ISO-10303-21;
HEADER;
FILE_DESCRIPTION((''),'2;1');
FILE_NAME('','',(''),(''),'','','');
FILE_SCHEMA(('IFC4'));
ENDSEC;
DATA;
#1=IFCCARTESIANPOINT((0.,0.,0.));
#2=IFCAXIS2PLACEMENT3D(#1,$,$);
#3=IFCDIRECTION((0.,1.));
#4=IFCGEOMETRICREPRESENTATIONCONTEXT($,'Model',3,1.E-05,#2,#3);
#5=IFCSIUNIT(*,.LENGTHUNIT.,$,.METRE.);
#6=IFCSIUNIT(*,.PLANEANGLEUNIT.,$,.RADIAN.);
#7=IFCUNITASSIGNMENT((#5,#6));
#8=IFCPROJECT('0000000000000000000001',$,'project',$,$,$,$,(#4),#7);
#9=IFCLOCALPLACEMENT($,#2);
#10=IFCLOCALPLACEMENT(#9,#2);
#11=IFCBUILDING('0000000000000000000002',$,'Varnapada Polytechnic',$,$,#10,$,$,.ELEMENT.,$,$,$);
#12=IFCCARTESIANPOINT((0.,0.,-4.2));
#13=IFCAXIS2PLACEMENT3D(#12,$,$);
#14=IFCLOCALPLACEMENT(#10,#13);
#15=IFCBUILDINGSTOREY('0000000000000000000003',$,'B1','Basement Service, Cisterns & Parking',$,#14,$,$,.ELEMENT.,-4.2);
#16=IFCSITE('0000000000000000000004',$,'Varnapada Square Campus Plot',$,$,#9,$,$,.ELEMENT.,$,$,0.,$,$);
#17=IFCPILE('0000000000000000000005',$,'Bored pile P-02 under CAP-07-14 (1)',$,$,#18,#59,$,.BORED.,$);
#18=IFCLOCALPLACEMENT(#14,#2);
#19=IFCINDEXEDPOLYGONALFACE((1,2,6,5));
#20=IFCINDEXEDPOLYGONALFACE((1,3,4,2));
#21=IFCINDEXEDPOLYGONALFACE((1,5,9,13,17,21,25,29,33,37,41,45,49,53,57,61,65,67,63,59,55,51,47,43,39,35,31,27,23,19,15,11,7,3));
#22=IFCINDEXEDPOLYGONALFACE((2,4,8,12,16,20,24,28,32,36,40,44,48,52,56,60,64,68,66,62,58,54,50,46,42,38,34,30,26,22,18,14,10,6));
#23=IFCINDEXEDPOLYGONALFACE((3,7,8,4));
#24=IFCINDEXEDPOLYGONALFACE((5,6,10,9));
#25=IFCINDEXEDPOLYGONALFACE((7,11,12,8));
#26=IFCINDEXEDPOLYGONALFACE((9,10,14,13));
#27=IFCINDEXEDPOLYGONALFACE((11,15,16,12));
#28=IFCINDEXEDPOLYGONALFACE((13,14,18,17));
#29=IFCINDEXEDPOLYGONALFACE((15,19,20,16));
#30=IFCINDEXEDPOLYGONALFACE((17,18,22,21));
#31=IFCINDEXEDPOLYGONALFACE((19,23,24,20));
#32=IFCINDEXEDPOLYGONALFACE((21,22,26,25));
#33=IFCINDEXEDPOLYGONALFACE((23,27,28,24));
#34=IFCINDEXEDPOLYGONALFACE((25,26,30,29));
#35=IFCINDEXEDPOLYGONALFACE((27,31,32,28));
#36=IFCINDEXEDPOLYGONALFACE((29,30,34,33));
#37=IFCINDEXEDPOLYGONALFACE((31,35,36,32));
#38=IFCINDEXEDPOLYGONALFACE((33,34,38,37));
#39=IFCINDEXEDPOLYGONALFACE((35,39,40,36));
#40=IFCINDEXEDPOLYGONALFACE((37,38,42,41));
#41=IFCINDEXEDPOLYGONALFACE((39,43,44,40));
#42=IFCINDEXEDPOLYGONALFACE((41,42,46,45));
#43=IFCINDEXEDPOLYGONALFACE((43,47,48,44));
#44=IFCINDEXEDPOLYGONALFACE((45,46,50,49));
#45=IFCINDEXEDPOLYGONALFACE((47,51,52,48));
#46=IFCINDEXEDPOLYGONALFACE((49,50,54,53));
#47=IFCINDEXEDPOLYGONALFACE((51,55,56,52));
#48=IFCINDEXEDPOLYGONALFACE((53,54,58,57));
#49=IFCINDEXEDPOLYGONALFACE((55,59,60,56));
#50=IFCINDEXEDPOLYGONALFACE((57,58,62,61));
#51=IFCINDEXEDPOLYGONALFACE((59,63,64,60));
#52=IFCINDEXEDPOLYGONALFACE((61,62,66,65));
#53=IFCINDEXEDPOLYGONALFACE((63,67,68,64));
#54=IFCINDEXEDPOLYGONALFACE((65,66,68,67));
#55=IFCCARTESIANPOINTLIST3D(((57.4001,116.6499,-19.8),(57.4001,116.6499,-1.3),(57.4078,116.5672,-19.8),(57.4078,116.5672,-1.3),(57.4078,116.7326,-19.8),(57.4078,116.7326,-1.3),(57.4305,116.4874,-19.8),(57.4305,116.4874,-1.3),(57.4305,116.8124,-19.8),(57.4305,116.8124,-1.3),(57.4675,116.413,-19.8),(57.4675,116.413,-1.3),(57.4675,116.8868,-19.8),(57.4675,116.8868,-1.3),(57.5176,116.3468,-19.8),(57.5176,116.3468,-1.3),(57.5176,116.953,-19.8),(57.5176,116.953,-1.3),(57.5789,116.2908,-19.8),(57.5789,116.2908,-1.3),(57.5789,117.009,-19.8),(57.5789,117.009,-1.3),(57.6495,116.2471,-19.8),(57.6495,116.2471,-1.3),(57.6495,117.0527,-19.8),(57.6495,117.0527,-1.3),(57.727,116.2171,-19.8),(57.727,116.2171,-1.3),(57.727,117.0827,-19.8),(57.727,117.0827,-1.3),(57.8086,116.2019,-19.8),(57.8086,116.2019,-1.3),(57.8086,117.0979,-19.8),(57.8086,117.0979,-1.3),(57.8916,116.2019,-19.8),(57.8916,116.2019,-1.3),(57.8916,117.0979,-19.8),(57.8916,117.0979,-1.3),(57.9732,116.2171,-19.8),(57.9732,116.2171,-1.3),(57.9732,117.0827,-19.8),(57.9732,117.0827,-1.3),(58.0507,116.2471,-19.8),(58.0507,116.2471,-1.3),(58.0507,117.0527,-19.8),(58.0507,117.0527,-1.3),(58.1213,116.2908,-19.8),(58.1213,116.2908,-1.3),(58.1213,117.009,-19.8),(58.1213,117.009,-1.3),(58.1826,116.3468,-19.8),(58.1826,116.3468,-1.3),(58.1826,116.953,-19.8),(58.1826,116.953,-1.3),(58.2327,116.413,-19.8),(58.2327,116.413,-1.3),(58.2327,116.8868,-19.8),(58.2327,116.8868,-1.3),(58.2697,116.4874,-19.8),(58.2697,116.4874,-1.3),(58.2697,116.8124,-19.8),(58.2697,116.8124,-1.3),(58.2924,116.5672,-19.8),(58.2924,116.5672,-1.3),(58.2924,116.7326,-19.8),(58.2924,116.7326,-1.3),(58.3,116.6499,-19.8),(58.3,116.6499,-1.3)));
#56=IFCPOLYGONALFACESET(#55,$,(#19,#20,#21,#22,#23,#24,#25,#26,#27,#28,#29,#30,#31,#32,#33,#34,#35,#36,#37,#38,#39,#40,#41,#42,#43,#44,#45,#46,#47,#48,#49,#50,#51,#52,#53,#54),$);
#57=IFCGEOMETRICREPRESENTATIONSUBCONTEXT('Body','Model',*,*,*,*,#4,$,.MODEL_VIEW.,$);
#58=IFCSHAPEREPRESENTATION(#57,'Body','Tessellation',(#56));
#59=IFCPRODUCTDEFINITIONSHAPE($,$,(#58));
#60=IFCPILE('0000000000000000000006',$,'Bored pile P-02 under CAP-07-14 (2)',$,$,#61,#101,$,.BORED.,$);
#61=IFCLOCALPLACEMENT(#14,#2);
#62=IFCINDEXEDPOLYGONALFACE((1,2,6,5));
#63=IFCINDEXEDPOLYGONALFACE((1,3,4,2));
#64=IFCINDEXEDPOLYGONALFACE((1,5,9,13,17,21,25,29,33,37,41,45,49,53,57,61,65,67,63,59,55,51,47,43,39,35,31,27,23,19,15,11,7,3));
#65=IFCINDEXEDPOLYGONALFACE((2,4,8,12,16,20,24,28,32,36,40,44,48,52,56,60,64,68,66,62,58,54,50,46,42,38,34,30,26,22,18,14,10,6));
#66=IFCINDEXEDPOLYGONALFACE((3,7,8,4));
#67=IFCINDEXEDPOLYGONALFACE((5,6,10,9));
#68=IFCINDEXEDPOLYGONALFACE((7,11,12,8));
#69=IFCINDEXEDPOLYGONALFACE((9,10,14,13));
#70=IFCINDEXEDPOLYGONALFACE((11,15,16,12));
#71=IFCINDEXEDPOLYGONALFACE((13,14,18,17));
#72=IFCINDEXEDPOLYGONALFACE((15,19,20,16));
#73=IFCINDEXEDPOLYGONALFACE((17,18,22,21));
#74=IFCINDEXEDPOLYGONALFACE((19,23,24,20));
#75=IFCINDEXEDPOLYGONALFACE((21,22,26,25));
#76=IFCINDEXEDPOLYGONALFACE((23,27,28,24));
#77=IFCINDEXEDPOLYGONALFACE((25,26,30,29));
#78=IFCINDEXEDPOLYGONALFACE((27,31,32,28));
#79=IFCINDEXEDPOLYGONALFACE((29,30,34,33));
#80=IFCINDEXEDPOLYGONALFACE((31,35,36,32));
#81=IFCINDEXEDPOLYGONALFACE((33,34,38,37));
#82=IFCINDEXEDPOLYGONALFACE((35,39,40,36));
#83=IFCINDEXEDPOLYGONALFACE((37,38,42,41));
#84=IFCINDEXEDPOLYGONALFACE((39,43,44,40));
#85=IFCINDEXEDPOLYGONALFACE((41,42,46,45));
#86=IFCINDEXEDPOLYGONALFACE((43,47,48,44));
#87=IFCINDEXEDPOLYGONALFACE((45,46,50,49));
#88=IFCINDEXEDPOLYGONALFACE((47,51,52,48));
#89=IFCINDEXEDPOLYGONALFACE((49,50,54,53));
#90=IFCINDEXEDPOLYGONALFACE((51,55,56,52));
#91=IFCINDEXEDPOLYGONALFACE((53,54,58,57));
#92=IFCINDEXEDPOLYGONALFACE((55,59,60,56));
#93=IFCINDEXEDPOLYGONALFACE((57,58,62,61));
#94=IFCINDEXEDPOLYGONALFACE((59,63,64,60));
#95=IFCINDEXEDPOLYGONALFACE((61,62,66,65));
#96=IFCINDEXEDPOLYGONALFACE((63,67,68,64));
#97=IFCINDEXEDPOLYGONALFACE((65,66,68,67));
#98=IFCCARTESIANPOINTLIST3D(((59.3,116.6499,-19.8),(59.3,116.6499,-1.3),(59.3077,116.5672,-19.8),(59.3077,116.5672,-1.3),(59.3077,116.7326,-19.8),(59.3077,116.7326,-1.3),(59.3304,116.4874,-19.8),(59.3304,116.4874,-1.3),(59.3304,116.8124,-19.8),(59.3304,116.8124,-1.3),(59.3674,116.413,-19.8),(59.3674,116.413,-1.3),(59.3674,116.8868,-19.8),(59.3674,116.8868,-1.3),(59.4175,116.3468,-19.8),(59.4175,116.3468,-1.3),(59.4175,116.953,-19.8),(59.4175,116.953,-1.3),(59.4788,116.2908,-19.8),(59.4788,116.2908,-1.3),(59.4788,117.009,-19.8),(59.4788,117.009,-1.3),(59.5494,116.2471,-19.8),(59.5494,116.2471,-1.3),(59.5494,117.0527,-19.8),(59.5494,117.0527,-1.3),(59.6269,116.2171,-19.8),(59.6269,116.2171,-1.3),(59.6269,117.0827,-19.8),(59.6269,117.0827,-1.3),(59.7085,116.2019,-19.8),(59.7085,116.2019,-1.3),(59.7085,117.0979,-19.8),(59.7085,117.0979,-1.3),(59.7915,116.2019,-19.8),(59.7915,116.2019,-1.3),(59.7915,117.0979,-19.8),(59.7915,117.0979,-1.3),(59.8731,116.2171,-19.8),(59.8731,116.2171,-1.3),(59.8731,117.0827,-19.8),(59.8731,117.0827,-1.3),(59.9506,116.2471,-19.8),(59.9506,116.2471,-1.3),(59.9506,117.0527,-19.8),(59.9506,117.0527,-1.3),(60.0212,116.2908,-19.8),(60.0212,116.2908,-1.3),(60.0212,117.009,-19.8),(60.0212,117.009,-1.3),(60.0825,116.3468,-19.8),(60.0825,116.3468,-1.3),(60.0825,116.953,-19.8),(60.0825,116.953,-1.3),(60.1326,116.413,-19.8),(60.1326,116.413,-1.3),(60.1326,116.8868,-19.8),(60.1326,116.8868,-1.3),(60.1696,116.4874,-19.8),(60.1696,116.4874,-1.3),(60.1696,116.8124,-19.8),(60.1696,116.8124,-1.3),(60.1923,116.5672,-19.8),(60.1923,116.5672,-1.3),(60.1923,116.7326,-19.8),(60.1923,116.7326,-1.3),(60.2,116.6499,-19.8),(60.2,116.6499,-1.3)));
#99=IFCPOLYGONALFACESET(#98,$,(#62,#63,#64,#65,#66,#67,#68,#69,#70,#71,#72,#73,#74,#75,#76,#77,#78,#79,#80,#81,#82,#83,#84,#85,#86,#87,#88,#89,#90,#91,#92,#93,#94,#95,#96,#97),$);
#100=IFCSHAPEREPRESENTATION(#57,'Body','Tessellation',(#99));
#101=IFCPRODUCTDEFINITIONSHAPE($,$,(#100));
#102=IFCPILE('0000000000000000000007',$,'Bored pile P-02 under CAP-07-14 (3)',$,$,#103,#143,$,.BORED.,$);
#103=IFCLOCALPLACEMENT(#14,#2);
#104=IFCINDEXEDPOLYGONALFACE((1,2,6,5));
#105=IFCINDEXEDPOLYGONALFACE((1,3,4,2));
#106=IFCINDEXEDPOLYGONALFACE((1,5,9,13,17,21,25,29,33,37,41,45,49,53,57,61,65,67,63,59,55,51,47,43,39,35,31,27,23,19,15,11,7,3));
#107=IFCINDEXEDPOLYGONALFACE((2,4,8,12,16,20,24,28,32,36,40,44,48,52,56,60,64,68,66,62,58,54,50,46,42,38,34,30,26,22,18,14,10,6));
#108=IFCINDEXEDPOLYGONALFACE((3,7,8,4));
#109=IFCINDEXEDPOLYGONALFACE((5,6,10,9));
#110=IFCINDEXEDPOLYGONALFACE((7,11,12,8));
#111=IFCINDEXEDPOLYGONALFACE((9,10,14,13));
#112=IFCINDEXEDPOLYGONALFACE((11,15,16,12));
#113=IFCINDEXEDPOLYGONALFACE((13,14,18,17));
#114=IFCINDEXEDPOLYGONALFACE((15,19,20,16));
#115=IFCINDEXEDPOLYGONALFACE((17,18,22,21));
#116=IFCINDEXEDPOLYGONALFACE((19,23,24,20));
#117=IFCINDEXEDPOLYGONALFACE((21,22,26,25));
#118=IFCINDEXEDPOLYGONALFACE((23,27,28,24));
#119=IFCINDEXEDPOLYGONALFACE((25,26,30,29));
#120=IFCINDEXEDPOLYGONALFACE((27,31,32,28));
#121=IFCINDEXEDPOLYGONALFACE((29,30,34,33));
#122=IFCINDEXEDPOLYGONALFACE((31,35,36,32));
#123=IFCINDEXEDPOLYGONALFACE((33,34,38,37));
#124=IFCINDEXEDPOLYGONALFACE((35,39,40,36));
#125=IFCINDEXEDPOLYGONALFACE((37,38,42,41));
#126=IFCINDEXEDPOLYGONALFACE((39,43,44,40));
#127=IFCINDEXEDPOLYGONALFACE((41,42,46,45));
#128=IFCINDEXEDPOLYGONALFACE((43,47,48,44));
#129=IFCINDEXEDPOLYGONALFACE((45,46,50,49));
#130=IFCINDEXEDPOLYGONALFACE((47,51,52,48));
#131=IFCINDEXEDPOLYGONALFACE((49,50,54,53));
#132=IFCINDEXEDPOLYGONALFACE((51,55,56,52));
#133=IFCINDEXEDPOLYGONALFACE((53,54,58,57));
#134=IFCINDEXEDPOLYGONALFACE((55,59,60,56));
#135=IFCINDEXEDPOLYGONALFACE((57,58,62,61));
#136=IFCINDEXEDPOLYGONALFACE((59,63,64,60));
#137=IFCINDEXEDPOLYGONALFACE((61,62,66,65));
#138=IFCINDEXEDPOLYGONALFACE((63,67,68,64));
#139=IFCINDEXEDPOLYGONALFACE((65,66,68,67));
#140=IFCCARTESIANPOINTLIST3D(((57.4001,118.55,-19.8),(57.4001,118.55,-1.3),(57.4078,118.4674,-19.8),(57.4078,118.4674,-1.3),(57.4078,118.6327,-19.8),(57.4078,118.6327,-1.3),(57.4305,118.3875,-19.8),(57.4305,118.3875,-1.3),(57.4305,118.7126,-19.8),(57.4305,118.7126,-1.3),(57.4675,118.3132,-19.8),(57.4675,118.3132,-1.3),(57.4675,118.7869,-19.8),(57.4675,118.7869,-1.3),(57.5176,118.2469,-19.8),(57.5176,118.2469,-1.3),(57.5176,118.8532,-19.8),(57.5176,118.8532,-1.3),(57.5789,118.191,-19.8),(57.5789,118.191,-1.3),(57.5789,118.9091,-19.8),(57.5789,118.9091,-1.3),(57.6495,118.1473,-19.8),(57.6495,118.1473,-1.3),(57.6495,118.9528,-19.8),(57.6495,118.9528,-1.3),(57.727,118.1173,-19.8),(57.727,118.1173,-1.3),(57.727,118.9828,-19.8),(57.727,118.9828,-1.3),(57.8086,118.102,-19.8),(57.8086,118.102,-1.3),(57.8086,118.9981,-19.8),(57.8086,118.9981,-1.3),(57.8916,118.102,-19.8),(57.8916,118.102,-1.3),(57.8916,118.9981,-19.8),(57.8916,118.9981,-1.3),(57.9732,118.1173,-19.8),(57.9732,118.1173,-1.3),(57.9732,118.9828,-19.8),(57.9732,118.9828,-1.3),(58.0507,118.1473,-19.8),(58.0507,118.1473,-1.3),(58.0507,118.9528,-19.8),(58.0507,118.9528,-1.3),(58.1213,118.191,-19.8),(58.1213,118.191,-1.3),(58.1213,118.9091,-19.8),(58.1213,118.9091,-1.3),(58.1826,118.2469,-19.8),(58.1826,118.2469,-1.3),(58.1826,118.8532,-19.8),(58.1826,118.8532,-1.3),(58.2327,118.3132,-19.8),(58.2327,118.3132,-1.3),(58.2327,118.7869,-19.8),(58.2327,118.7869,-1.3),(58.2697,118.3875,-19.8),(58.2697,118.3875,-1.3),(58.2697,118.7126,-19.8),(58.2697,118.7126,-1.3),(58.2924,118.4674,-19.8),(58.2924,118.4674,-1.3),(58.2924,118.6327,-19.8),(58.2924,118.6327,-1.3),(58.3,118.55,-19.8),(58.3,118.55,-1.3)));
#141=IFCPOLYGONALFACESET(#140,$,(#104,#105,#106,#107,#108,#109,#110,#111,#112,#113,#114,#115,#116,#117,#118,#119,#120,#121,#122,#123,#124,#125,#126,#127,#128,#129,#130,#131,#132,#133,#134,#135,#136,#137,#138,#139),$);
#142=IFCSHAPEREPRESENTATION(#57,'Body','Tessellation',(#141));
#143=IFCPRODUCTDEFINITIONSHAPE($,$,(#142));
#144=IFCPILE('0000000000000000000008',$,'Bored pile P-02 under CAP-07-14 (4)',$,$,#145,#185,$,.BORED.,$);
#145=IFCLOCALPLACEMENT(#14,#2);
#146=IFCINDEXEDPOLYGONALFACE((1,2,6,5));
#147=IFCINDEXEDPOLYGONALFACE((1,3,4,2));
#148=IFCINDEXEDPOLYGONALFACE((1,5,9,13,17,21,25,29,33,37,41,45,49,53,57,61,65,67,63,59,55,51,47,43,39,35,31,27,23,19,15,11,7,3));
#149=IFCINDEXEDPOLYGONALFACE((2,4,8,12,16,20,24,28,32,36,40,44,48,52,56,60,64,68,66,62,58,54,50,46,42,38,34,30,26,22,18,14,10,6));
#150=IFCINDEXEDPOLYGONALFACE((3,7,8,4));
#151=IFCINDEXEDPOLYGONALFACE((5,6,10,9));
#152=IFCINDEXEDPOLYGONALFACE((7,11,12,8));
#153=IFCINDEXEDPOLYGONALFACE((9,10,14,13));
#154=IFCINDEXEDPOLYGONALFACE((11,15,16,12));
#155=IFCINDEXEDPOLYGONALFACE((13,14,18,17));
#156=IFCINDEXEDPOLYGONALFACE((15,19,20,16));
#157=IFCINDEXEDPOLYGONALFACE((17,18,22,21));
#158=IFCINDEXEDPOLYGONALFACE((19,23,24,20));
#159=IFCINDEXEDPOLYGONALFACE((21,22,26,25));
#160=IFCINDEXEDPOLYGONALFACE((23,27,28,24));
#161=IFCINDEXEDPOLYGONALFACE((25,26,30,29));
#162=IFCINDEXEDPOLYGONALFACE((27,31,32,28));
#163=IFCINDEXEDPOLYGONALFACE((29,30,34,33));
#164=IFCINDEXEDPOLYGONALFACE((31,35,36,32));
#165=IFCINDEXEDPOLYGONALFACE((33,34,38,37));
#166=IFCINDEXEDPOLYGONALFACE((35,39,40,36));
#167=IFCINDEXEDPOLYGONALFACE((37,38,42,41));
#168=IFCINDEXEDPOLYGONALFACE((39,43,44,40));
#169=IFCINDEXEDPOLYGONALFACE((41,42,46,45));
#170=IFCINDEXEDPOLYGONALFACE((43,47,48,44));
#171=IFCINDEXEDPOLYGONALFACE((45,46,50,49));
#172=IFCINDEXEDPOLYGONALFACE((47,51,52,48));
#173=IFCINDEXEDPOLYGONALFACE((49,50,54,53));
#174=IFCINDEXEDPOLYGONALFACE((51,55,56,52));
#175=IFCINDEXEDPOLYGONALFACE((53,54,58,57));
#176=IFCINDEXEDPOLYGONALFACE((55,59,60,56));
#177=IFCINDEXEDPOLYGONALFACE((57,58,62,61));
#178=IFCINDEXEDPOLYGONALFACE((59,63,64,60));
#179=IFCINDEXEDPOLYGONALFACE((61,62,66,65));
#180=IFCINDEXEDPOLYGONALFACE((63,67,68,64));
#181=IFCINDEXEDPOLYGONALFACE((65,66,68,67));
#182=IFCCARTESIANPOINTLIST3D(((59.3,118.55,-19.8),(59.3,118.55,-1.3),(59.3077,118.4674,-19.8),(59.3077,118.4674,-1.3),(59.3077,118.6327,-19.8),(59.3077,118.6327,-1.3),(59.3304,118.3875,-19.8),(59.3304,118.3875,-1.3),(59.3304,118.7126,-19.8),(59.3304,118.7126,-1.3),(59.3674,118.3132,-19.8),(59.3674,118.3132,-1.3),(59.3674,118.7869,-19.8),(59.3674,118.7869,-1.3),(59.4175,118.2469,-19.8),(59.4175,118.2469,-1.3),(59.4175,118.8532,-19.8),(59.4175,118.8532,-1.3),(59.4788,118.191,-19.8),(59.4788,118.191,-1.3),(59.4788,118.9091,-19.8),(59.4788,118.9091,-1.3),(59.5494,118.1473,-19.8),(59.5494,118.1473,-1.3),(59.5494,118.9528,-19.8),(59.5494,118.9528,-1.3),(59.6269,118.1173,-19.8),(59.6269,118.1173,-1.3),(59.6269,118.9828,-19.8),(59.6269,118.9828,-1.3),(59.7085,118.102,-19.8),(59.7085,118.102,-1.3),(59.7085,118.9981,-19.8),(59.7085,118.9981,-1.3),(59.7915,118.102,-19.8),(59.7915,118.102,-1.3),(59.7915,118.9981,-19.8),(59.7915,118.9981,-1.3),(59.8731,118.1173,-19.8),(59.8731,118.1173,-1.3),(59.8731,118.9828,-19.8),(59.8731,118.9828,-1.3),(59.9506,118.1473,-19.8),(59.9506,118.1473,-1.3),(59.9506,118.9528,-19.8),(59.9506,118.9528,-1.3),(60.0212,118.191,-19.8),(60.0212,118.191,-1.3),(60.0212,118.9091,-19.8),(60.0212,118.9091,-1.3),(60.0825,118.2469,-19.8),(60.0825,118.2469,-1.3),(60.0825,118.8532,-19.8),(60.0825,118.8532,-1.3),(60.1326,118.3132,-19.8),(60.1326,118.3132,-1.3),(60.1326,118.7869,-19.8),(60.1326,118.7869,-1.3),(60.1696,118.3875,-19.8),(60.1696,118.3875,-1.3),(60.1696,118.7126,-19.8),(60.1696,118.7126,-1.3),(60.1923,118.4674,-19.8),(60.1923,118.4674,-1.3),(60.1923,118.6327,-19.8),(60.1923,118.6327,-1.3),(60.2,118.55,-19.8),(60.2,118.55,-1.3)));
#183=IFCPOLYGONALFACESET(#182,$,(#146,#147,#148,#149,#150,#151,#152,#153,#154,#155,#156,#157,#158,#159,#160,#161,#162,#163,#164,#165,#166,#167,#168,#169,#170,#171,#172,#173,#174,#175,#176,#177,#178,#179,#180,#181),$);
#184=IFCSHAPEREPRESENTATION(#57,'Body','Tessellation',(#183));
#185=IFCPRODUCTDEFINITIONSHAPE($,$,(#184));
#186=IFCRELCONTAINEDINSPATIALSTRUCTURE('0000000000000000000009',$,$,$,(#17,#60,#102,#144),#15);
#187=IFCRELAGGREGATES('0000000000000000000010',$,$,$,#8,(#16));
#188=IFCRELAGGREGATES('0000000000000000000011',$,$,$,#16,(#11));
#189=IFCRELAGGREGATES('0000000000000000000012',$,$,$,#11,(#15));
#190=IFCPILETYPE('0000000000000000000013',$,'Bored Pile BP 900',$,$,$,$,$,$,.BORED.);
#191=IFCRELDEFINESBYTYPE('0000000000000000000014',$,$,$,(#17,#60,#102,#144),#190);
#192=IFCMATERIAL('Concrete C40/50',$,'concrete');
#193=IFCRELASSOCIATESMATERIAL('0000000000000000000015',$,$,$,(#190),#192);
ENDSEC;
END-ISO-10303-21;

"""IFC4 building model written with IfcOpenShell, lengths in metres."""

from ifc_helpers import new_model, si_unit, direction, frame, origin, origin_2d, place, context, subcontext, project, spatial, circle, extrude, material, material_profile, profile_set, type_object, element, save


model = new_model("IFC4")

# Units and contexts
model_context = context("Model", 3, precision=1e-05, world=origin(), true_north=direction((0.0, 1.0)))
body_context = subcontext(model_context, "Body", "Model", "MODEL_VIEW")
ifc_project = project(units=[si_unit("LENGTHUNIT", "METRE"), si_unit("PLANEANGLEUNIT", "RADIAN")], contexts=[model_context])

# Site, building, storey
site_placement = place(None, origin())
site = spatial("IfcSite", under=ifc_project, at=site_placement, Name="Varnapada Square Campus Plot", CompositionType="ELEMENT", RefElevation=0.0)
building_placement = place(site_placement, origin())
building = spatial("IfcBuilding", under=site, at=building_placement, Name="Varnapada Polytechnic", CompositionType="ELEMENT")
storey_placement = place(building_placement, frame((0.0, 0.0, -4.2)))
storey = spatial("IfcBuildingStorey", under=building, at=storey_placement, Name="B1", Description="Basement Service, Cisterns & Parking", CompositionType="ELEMENT", Elevation=-4.2)

# Piles
ifc_material_1 = material(Name="Concrete C40/50", Category="concrete")
ifc_material_profile_1 = material_profile(ifc_material_1, circle(Radius=0.45, at=origin_2d()), Name="BP 900")
ifc_profile_set_1 = profile_set([ifc_material_profile_1], Name="Concrete C40/50")
pile_type = type_object("IfcPileType", Name="Bored Pile BP 900", PredefinedType="BORED", material=ifc_profile_set_1)
for number, where, z_axis, x_axis, name in (
    (1, (57.8501, 116.6499, -1.3), (0.0, 0.0, -1.0), (1.0, 0.0, 0.0), "Bored pile P-02 under CAP-07-14 (1)"),
    (2, (59.75, 116.6499, -1.3), (0.0, 0.0, -1.0), (1.0, 0.0, 0.0), "Bored pile P-02 under CAP-07-14 (2)"),
    (3, (57.8501, 118.55, -1.3), (0.0, 0.0, -1.0), (1.0, 0.0, 0.0), "Bored pile P-02 under CAP-07-14 (3)"),
    (4, (59.75, 118.55, -1.3), (0.0, 0.0, -1.0), (1.0, 0.0, 0.0), "Bored pile P-02 under CAP-07-14 (4)"),
):
    element("IfcPile", number, at=place(storey_placement, frame(where, z_axis=z_axis, x_axis=x_axis)), inside=storey, type_object=pile_type, Name=name, PredefinedType="BORED", context=body_context, shape_type="SweptSolid", body=[
        extrude(circle(Radius=0.45, at=origin_2d()), origin(), (0.0, 0.0, 1.0), 18.5),
    ])

save(model, "model.ifc")
